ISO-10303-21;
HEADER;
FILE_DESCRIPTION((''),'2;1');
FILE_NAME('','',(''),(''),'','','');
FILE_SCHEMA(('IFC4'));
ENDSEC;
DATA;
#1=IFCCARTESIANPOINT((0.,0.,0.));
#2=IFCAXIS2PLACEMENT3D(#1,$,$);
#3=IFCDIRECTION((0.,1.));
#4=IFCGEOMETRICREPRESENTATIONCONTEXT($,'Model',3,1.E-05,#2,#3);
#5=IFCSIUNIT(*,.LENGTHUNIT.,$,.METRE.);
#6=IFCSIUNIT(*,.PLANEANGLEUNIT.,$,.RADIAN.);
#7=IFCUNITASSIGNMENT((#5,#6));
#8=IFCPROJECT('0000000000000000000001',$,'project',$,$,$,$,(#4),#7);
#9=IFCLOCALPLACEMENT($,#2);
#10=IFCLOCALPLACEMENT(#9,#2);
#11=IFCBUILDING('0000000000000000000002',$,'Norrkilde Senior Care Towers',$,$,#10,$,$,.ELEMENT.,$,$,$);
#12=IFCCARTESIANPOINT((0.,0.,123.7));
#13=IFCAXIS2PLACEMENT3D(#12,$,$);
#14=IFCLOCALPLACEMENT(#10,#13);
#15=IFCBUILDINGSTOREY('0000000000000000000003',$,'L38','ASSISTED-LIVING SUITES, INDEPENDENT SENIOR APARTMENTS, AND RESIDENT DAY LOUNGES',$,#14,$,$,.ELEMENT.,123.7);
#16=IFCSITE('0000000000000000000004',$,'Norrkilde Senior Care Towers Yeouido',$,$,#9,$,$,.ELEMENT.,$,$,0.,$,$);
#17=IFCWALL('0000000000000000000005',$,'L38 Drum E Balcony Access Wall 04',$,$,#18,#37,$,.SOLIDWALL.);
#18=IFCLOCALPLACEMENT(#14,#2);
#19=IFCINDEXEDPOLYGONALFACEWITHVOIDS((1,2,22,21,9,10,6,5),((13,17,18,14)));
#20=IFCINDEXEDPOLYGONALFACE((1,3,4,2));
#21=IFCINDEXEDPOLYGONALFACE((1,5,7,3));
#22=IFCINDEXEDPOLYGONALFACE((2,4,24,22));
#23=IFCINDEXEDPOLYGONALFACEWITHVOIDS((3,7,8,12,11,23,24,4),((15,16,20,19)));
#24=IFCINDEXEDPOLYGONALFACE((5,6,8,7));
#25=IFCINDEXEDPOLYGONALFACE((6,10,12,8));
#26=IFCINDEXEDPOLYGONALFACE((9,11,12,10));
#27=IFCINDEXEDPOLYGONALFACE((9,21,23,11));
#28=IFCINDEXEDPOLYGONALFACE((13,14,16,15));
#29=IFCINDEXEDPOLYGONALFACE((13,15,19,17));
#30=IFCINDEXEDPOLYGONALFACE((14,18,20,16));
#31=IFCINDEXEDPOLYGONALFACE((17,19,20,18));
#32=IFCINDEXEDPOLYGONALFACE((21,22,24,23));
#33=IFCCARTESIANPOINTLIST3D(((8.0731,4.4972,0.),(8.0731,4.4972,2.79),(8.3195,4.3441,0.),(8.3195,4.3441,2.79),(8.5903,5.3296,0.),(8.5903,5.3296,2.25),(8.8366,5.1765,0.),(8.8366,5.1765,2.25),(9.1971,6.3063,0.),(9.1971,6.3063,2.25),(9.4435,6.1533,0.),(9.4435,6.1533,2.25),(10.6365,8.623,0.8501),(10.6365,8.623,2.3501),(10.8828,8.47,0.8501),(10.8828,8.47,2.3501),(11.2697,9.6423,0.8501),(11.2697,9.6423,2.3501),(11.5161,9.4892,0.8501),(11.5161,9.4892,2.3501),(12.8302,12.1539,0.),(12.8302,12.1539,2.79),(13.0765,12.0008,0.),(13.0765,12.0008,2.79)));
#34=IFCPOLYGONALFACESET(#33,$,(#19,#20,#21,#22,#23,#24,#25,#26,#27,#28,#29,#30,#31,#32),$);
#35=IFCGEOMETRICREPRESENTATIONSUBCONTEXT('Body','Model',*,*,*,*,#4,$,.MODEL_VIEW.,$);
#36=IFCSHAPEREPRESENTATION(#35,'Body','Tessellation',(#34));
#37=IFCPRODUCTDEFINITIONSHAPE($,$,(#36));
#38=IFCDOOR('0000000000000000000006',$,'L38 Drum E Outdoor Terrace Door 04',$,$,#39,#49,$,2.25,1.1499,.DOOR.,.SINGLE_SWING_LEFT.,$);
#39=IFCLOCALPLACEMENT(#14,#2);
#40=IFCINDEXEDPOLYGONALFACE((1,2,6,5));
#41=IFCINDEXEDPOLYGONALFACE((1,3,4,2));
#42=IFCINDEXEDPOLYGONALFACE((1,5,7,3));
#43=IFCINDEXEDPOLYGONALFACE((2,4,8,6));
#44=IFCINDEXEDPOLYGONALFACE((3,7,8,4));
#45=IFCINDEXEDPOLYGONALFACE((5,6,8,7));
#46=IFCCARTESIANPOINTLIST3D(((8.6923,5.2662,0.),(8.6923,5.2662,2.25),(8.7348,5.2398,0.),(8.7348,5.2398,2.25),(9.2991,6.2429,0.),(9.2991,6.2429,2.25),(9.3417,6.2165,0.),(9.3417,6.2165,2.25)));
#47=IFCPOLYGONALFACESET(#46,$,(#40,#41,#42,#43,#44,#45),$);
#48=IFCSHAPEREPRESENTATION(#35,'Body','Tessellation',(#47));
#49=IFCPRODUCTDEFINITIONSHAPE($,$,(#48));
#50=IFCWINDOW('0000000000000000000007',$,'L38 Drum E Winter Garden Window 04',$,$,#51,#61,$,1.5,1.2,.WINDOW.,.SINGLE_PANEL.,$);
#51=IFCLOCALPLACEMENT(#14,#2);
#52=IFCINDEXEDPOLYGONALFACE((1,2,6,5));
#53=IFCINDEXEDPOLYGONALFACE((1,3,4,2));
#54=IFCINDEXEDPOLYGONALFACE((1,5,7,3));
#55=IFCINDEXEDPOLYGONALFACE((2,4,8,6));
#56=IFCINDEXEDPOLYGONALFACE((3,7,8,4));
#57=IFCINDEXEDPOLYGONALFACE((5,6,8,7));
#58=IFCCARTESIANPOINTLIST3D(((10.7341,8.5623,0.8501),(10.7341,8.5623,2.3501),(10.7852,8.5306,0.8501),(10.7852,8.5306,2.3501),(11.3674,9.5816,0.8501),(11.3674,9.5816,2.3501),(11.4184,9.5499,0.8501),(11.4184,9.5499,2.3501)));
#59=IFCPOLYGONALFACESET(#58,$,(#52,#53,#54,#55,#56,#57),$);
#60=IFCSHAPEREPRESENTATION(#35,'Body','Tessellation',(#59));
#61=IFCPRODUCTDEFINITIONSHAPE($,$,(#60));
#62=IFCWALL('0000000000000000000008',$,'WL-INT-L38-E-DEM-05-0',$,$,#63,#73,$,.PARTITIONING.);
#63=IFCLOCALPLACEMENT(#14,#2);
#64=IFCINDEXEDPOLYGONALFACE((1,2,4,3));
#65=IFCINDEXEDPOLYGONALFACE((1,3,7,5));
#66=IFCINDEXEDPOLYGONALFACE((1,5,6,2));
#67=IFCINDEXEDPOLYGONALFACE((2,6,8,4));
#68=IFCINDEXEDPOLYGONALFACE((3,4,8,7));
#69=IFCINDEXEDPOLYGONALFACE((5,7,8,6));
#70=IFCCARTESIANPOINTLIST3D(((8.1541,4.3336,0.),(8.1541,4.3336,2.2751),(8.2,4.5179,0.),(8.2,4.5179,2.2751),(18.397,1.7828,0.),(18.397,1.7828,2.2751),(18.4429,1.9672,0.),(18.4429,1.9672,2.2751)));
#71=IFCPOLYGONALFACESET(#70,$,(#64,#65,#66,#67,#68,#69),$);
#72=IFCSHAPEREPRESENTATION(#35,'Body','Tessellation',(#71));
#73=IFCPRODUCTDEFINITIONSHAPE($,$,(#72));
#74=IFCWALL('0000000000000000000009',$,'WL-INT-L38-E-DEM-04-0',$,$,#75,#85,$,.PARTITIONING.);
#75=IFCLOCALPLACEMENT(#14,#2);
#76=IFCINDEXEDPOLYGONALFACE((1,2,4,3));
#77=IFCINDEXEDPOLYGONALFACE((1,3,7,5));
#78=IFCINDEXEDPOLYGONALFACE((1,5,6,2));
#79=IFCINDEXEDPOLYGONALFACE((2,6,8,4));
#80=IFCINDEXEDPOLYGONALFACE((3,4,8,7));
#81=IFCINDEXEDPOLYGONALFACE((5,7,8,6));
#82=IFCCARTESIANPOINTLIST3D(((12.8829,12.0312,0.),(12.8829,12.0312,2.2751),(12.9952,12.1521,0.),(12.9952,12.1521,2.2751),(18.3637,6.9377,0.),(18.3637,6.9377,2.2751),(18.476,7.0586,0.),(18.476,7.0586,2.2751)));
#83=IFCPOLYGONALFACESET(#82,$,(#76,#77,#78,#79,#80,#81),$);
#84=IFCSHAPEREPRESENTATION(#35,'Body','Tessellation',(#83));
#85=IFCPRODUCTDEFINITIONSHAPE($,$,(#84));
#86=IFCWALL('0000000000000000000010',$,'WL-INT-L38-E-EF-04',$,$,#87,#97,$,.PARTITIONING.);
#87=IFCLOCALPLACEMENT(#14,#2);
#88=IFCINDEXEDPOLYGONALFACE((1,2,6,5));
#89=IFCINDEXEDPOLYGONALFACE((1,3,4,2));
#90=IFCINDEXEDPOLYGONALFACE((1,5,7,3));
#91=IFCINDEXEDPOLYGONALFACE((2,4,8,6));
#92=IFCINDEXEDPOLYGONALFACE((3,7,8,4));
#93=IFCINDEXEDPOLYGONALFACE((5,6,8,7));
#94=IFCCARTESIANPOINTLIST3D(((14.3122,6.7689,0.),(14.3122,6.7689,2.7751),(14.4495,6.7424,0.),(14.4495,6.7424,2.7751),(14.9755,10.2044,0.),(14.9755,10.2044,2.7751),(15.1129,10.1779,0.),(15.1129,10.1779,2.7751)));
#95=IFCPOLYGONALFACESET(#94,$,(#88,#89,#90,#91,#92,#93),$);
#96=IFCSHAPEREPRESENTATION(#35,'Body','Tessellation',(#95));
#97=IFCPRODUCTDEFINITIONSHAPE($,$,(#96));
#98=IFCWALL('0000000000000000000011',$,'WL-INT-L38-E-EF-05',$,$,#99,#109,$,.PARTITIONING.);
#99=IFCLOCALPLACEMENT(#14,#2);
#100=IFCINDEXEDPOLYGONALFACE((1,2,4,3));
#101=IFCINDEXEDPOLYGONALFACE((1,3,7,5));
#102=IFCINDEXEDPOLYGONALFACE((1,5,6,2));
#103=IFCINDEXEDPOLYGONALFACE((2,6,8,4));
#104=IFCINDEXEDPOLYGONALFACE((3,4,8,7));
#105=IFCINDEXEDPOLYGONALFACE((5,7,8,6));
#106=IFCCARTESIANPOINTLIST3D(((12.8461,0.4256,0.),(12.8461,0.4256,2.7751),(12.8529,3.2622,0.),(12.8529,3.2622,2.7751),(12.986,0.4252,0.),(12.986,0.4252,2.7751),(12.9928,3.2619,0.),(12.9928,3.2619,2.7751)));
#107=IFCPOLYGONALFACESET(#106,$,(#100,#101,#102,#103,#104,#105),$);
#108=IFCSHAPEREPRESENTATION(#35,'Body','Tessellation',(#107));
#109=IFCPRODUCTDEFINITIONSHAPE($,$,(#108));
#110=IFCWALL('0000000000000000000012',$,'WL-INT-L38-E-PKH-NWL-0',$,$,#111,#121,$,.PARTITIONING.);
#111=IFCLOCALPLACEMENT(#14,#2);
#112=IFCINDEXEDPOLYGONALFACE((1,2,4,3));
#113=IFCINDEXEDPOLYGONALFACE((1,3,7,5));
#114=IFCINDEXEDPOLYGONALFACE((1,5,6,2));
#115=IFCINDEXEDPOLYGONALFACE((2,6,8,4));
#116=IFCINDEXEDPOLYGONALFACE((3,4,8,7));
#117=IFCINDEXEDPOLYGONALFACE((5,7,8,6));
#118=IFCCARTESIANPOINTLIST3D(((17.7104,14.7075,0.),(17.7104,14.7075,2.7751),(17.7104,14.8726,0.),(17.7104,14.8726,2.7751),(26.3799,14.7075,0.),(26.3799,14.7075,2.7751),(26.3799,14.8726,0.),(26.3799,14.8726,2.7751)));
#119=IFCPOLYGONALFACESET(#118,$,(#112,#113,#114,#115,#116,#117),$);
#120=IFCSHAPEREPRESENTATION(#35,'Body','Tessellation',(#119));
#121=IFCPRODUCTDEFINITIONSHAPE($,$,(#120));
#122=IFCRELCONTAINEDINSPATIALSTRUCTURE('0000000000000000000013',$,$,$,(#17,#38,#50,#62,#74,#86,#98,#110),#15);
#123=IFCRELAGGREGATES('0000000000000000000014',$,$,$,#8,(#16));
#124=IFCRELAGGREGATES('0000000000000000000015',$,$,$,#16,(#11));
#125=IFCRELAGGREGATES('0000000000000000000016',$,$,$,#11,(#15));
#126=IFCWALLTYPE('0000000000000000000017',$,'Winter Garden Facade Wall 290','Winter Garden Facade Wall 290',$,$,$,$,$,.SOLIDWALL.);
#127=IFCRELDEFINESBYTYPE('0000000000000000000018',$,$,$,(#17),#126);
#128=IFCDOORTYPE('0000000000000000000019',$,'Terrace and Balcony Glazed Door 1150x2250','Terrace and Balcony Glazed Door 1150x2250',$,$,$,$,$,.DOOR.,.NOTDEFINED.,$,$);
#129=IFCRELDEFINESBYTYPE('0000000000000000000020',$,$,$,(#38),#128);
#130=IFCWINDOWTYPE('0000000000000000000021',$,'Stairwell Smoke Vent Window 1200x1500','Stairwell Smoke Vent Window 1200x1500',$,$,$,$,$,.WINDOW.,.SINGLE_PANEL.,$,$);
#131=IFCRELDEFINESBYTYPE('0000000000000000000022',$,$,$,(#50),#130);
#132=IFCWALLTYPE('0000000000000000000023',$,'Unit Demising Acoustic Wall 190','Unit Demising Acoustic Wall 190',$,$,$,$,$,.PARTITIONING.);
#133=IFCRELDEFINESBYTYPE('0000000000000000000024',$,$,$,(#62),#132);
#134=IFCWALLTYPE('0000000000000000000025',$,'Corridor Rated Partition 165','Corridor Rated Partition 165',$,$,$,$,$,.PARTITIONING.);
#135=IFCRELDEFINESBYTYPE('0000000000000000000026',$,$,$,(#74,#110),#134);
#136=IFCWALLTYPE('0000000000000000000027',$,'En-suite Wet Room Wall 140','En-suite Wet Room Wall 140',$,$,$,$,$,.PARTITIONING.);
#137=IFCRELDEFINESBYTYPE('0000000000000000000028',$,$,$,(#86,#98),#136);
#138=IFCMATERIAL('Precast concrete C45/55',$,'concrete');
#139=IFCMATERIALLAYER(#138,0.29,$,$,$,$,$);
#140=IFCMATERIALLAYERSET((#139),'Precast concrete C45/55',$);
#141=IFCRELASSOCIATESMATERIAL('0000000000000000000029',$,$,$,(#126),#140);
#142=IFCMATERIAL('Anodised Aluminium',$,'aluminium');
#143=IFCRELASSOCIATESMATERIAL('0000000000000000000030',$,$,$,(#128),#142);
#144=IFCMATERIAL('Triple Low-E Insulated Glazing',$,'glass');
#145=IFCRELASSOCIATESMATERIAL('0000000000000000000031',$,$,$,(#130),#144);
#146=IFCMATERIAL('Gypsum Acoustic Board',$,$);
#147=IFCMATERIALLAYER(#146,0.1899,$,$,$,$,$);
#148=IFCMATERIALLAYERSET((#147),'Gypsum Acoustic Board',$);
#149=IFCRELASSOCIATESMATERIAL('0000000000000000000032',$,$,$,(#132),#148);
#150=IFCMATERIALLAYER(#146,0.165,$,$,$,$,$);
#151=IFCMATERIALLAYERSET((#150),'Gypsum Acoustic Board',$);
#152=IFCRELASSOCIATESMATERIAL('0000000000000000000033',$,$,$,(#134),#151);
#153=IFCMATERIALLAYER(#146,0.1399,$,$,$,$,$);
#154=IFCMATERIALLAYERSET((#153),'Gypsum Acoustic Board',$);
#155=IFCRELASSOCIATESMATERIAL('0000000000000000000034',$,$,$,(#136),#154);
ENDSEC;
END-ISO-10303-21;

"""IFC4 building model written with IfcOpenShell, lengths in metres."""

from ifc_helpers import new_model, si_unit, direction, frame, frame_2d, origin, place, context, subcontext, project, spatial, rectangle, extrude, source, transform, mapped, material, layer, layer_set, type_object, type_shapes, element, fill, save


model = new_model("IFC4")

# Units and contexts
model_context = context("Model", 3, precision=1e-05, world=origin(), true_north=direction((0.0, 1.0)))
body_context = subcontext(model_context, "Body", "Model", "MODEL_VIEW")
ifc_project = project(units=[si_unit("LENGTHUNIT", "METRE"), si_unit("PLANEANGLEUNIT", "RADIAN")], contexts=[model_context])

# Site, building, storey
site_placement = place(None, origin())
site = spatial("IfcSite", under=ifc_project, at=site_placement, Name="Norrkilde Senior Care Towers Yeouido", CompositionType="ELEMENT", RefElevation=0.0)
building_placement = place(site_placement, origin())
building = spatial("IfcBuilding", under=site, at=building_placement, Name="Norrkilde Senior Care Towers", CompositionType="ELEMENT")
storey_placement = place(building_placement, frame((0.0, 0.0, 123.7)))
storey = spatial("IfcBuildingStorey", under=building, at=storey_placement, Name="L38", Description="ASSISTED-LIVING SUITES, INDEPENDENT SENIOR APARTMENTS, AND RESIDENT DAY LOUNGES", CompositionType="ELEMENT", Elevation=123.7)

# Shared definitions
ifc_material_1 = material(Name="Triple Low-E Insulated Glazing", Category="glass")
ifc_material_2 = material(Name="Anodised Aluminium", Category="aluminium")

# Wall, openings, door, window
ifc_material_3 = material(Name="Precast concrete C45/55", Category="concrete")
ifc_layer_1 = layer(ifc_material_3, 0.29)
ifc_layer_set_1 = layer_set([ifc_layer_1], Name="Precast concrete C45/55")
wall_type_1 = type_object("IfcWallType", Name="Winter Garden Facade Wall 290", Description="Winter Garden Facade Wall 290", PredefinedType="SOLIDWALL", material=ifc_layer_set_1)
shared_shape_1 = source(origin(), body_context, "Body", "SweptSolid", [
    extrude(rectangle(XDim=9.0142, YDim=0.29, at=frame_2d((4.5071, 0.0))), origin(), (0.0, 0.0, 1.0), 2.79),
])
type_shapes(wall_type_1, [shared_shape_1])
wall_1_placement = place(storey_placement, frame((8.1963, 4.4207, 0.0), z_axis=(0.0, 0.0, 1.0), x_axis=(0.527733, 0.84941, 0.0)))
wall_1 = element("IfcWall", 1, at=wall_1_placement, inside=storey, type_object=wall_type_1, Name="L38 Drum E Balcony Access Wall 04", PredefinedType="SOLIDWALL", context=body_context, shape_type="MappedRepresentation", body=[
    mapped(shared_shape_1, transform((0.0, 0.0, 0.0), x_axis=(1.0, 0.0, 0.0), y_axis=(0.0, 1.0, 0.0), z_axis=(0.0, 0.0, 1.0), scale=1.0)),
])
opening_1_placement = place(wall_1_placement, frame((0.98, 0.0, 0.0)))
opening_1 = element("IfcOpeningElement", 2, at=opening_1_placement, cuts=wall_1, PredefinedType="OPENING", context=body_context, shape_type="SweptSolid", body=[
    extrude(rectangle(XDim=1.1499, YDim=2.25, at=frame_2d((0.575, 1.125))), frame((0.0, 0.155, 0.0), z_axis=(0.0, -1.0, 0.0), x_axis=(1.0, 0.0, 0.0)), (0.0, 0.0, 1.0), 0.3101),
])
opening_2_placement = place(wall_1_placement, frame((4.8572, 0.0, 0.8501)))
opening_2 = element("IfcOpeningElement", 3, at=opening_2_placement, cuts=wall_1, PredefinedType="OPENING", context=body_context, shape_type="SweptSolid", body=[
    extrude(rectangle(XDim=1.2, YDim=1.5, at=frame_2d((0.6001, 0.75))), frame((0.0, 0.155, 0.0), z_axis=(0.0, -1.0, 0.0), x_axis=(1.0, 0.0, 0.0)), (0.0, 0.0, 1.0), 0.3101),
])
door_type = type_object("IfcDoorType", Name="Terrace and Balcony Glazed Door 1150x2250", Description="Terrace and Balcony Glazed Door 1150x2250", OperationType="NOTDEFINED", PredefinedType="DOOR", material=ifc_material_2)
shared_shape_2 = source(origin(), body_context, "Body", "SweptSolid", [
    extrude(rectangle(XDim=1.1499, YDim=2.25, at=frame_2d((0.575, 1.125))), frame((0.0, 0.0249, 0.0), z_axis=(0.0, -1.0, 0.0), x_axis=(1.0, 0.0, 0.0)), (0.0, 0.0, 1.0), 0.05),
])
type_shapes(door_type, [shared_shape_2])
door_placement = place(opening_1_placement, origin())
door = element("IfcDoor", 4, at=door_placement, inside=storey, type_object=door_type, Name="L38 Drum E Outdoor Terrace Door 04", OperationType="SINGLE_SWING_LEFT", OverallHeight=2.25, OverallWidth=1.1499, PredefinedType="DOOR", context=body_context, shape_type="MappedRepresentation", body=[
    mapped(shared_shape_2, transform((0.0, 0.0, 0.0), x_axis=(1.0, 0.0, 0.0), y_axis=(0.0, 1.0, 0.0), z_axis=(0.0, 0.0, 1.0), scale=1.0)),
])
fill(opening_1, door)
window_type = type_object("IfcWindowType", Name="Stairwell Smoke Vent Window 1200x1500", Description="Stairwell Smoke Vent Window 1200x1500", PartitioningType="SINGLE_PANEL", PredefinedType="WINDOW", material=ifc_material_1)
shared_shape_3 = source(origin(), body_context, "Body", "SweptSolid", [
    extrude(rectangle(XDim=1.2, YDim=1.5, at=frame_2d((0.6001, 0.75))), frame((0.0, 0.03, 0.0), z_axis=(0.0, -1.0, 0.0), x_axis=(1.0, 0.0, 0.0)), (0.0, 0.0, 1.0), 0.0601),
])
type_shapes(window_type, [shared_shape_3])
window_placement = place(opening_2_placement, origin())
window = element("IfcWindow", 5, at=window_placement, inside=storey, type_object=window_type, Name="L38 Drum E Winter Garden Window 04", OverallHeight=1.5, OverallWidth=1.2, PartitioningType="SINGLE_PANEL", PredefinedType="WINDOW", context=body_context, shape_type="MappedRepresentation", body=[
    mapped(shared_shape_3, transform((0.0, 0.0, 0.0), x_axis=(1.0, 0.0, 0.0), y_axis=(0.0, 1.0, 0.0), z_axis=(0.0, 0.0, 1.0), scale=1.0)),
])
fill(opening_2, window)

# Walls
ifc_material_4 = material(Name="Gypsum Acoustic Board")
ifc_layer_2 = layer(ifc_material_4, 0.1899)
ifc_layer_set_2 = layer_set([ifc_layer_2], Name="Gypsum Acoustic Board")
wall_type_2 = type_object("IfcWallType", Name="Unit Demising Acoustic Wall 190", Description="Unit Demising Acoustic Wall 190", PredefinedType="PARTITIONING", material=ifc_layer_set_2)
shared_shape_4 = source(origin(), body_context, "Body", "SweptSolid", [
    extrude(rectangle(XDim=10.5557, YDim=0.1899, at=frame_2d((5.2778, 0.0))), origin(), (0.0, 0.0, 1.0), 2.2751),
])
type_shapes(wall_type_2, [shared_shape_4])
wall_2_placement = place(storey_placement, frame((18.4199, 1.875, 0.0), z_axis=(0.0, 0.0, 1.0), x_axis=(-0.970364, 0.241648, 0.0)))
element("IfcWall", 6, at=wall_2_placement, inside=storey, type_object=wall_type_2, Name="WL-INT-L38-E-DEM-05-0", PredefinedType="PARTITIONING", context=body_context, shape_type="MappedRepresentation", body=[
    mapped(shared_shape_4, transform((0.0, 0.0, 0.0), x_axis=(1.0, 0.0, 0.0), y_axis=(0.0, 1.0, 0.0), z_axis=(0.0, 0.0, 1.0), scale=1.0)),
])
ifc_layer_3 = layer(ifc_material_4, 0.165)
ifc_layer_set_3 = layer_set([ifc_layer_3], Name="Gypsum Acoustic Board")
wall_type_3 = type_object("IfcWallType", Name="Corridor Rated Partition 165", Description="Corridor Rated Partition 165", PredefinedType="PARTITIONING", material=ifc_layer_set_3)
shared_shape_5 = source(origin(), body_context, "Body", "SweptSolid", [
    extrude(rectangle(XDim=7.4822, YDim=0.165, at=frame_2d((3.7412, 0.0))), origin(), (0.0, 0.0, 1.0), 2.2751),
])
wall_3_placement = place(storey_placement, frame((18.4199, 6.998, 0.0), z_axis=(0.0, 0.0, 1.0), x_axis=(-0.732509, 0.680758, 0.0)))
element("IfcWall", 7, at=wall_3_placement, inside=storey, type_object=wall_type_3, Name="WL-INT-L38-E-DEM-04-0", PredefinedType="PARTITIONING", context=body_context, shape_type="MappedRepresentation", body=[
    mapped(shared_shape_5, transform((0.0, 0.0, 0.0), x_axis=(1.0, 0.0, 0.0), y_axis=(0.0, 1.0, 0.0), z_axis=(0.0, 0.0, 1.0), scale=1.0)),
])
ifc_layer_4 = layer(ifc_material_4, 0.1399)
ifc_layer_set_4 = layer_set([ifc_layer_4], Name="Gypsum Acoustic Board")
wall_type_4 = type_object("IfcWallType", Name="En-suite Wet Room Wall 140", Description="En-suite Wet Room Wall 140", PredefinedType="PARTITIONING", material=ifc_layer_set_4)
shared_shape_6 = source(origin(), body_context, "Body", "SweptSolid", [
    extrude(rectangle(XDim=3.499, YDim=0.1399, at=frame_2d((1.7495, 0.0))), origin(), (0.0, 0.0, 1.0), 2.7751),
])
wall_4_placement = place(storey_placement, frame((14.3809, 6.7556, 0.0), z_axis=(0.0, 0.0, 1.0), x_axis=(0.189577, 0.981866, 0.0)))
element("IfcWall", 8, at=wall_4_placement, inside=storey, type_object=wall_type_4, Name="WL-INT-L38-E-EF-04", PredefinedType="PARTITIONING", context=body_context, shape_type="MappedRepresentation", body=[
    mapped(shared_shape_6, transform((0.0, 0.0, 0.0), x_axis=(1.0, 0.0, 0.0), y_axis=(0.0, 1.0, 0.0), z_axis=(0.0, 0.0, 1.0), scale=1.0)),
])
shared_shape_7 = source(origin(), body_context, "Body", "SweptSolid", [
    extrude(rectangle(XDim=2.8367, YDim=0.1399, at=frame_2d((1.4185, 0.0))), origin(), (0.0, 0.0, 1.0), 2.7751),
])
type_shapes(wall_type_4, [shared_shape_6, shared_shape_7])
wall_5_placement = place(storey_placement, frame((12.916, 0.4253, 0.0), z_axis=(0.0, 0.0, 1.0), x_axis=(0.00241, 0.999997, 0.0)))
element("IfcWall", 9, at=wall_5_placement, inside=storey, type_object=wall_type_4, Name="WL-INT-L38-E-EF-05", PredefinedType="PARTITIONING", context=body_context, shape_type="MappedRepresentation", body=[
    mapped(shared_shape_7, transform((0.0, 0.0, 0.0), x_axis=(1.0, 0.0, 0.0), y_axis=(0.0, 1.0, 0.0), z_axis=(0.0, 0.0, 1.0), scale=1.0)),
])
shared_shape_8 = source(origin(), body_context, "Body", "SweptSolid", [
    extrude(rectangle(XDim=8.6694, YDim=0.165, at=frame_2d((4.3347, 0.0))), origin(), (0.0, 0.0, 1.0), 2.7751),
])
type_shapes(wall_type_3, [shared_shape_5, shared_shape_8])
wall_6_placement = place(storey_placement, frame((17.7104, 14.79, 0.0), z_axis=(0.0, 0.0, 1.0), x_axis=(1.0, 0.0, 0.0)))
element("IfcWall", 10, at=wall_6_placement, inside=storey, type_object=wall_type_3, Name="WL-INT-L38-E-PKH-NWL-0", PredefinedType="PARTITIONING", context=body_context, shape_type="MappedRepresentation", body=[
    mapped(shared_shape_8, transform((0.0, 0.0, 0.0), x_axis=(1.0, 0.0, 0.0), y_axis=(0.0, 1.0, 0.0), z_axis=(0.0, 0.0, 1.0), scale=1.0)),
])

save(model, "model.ifc")
